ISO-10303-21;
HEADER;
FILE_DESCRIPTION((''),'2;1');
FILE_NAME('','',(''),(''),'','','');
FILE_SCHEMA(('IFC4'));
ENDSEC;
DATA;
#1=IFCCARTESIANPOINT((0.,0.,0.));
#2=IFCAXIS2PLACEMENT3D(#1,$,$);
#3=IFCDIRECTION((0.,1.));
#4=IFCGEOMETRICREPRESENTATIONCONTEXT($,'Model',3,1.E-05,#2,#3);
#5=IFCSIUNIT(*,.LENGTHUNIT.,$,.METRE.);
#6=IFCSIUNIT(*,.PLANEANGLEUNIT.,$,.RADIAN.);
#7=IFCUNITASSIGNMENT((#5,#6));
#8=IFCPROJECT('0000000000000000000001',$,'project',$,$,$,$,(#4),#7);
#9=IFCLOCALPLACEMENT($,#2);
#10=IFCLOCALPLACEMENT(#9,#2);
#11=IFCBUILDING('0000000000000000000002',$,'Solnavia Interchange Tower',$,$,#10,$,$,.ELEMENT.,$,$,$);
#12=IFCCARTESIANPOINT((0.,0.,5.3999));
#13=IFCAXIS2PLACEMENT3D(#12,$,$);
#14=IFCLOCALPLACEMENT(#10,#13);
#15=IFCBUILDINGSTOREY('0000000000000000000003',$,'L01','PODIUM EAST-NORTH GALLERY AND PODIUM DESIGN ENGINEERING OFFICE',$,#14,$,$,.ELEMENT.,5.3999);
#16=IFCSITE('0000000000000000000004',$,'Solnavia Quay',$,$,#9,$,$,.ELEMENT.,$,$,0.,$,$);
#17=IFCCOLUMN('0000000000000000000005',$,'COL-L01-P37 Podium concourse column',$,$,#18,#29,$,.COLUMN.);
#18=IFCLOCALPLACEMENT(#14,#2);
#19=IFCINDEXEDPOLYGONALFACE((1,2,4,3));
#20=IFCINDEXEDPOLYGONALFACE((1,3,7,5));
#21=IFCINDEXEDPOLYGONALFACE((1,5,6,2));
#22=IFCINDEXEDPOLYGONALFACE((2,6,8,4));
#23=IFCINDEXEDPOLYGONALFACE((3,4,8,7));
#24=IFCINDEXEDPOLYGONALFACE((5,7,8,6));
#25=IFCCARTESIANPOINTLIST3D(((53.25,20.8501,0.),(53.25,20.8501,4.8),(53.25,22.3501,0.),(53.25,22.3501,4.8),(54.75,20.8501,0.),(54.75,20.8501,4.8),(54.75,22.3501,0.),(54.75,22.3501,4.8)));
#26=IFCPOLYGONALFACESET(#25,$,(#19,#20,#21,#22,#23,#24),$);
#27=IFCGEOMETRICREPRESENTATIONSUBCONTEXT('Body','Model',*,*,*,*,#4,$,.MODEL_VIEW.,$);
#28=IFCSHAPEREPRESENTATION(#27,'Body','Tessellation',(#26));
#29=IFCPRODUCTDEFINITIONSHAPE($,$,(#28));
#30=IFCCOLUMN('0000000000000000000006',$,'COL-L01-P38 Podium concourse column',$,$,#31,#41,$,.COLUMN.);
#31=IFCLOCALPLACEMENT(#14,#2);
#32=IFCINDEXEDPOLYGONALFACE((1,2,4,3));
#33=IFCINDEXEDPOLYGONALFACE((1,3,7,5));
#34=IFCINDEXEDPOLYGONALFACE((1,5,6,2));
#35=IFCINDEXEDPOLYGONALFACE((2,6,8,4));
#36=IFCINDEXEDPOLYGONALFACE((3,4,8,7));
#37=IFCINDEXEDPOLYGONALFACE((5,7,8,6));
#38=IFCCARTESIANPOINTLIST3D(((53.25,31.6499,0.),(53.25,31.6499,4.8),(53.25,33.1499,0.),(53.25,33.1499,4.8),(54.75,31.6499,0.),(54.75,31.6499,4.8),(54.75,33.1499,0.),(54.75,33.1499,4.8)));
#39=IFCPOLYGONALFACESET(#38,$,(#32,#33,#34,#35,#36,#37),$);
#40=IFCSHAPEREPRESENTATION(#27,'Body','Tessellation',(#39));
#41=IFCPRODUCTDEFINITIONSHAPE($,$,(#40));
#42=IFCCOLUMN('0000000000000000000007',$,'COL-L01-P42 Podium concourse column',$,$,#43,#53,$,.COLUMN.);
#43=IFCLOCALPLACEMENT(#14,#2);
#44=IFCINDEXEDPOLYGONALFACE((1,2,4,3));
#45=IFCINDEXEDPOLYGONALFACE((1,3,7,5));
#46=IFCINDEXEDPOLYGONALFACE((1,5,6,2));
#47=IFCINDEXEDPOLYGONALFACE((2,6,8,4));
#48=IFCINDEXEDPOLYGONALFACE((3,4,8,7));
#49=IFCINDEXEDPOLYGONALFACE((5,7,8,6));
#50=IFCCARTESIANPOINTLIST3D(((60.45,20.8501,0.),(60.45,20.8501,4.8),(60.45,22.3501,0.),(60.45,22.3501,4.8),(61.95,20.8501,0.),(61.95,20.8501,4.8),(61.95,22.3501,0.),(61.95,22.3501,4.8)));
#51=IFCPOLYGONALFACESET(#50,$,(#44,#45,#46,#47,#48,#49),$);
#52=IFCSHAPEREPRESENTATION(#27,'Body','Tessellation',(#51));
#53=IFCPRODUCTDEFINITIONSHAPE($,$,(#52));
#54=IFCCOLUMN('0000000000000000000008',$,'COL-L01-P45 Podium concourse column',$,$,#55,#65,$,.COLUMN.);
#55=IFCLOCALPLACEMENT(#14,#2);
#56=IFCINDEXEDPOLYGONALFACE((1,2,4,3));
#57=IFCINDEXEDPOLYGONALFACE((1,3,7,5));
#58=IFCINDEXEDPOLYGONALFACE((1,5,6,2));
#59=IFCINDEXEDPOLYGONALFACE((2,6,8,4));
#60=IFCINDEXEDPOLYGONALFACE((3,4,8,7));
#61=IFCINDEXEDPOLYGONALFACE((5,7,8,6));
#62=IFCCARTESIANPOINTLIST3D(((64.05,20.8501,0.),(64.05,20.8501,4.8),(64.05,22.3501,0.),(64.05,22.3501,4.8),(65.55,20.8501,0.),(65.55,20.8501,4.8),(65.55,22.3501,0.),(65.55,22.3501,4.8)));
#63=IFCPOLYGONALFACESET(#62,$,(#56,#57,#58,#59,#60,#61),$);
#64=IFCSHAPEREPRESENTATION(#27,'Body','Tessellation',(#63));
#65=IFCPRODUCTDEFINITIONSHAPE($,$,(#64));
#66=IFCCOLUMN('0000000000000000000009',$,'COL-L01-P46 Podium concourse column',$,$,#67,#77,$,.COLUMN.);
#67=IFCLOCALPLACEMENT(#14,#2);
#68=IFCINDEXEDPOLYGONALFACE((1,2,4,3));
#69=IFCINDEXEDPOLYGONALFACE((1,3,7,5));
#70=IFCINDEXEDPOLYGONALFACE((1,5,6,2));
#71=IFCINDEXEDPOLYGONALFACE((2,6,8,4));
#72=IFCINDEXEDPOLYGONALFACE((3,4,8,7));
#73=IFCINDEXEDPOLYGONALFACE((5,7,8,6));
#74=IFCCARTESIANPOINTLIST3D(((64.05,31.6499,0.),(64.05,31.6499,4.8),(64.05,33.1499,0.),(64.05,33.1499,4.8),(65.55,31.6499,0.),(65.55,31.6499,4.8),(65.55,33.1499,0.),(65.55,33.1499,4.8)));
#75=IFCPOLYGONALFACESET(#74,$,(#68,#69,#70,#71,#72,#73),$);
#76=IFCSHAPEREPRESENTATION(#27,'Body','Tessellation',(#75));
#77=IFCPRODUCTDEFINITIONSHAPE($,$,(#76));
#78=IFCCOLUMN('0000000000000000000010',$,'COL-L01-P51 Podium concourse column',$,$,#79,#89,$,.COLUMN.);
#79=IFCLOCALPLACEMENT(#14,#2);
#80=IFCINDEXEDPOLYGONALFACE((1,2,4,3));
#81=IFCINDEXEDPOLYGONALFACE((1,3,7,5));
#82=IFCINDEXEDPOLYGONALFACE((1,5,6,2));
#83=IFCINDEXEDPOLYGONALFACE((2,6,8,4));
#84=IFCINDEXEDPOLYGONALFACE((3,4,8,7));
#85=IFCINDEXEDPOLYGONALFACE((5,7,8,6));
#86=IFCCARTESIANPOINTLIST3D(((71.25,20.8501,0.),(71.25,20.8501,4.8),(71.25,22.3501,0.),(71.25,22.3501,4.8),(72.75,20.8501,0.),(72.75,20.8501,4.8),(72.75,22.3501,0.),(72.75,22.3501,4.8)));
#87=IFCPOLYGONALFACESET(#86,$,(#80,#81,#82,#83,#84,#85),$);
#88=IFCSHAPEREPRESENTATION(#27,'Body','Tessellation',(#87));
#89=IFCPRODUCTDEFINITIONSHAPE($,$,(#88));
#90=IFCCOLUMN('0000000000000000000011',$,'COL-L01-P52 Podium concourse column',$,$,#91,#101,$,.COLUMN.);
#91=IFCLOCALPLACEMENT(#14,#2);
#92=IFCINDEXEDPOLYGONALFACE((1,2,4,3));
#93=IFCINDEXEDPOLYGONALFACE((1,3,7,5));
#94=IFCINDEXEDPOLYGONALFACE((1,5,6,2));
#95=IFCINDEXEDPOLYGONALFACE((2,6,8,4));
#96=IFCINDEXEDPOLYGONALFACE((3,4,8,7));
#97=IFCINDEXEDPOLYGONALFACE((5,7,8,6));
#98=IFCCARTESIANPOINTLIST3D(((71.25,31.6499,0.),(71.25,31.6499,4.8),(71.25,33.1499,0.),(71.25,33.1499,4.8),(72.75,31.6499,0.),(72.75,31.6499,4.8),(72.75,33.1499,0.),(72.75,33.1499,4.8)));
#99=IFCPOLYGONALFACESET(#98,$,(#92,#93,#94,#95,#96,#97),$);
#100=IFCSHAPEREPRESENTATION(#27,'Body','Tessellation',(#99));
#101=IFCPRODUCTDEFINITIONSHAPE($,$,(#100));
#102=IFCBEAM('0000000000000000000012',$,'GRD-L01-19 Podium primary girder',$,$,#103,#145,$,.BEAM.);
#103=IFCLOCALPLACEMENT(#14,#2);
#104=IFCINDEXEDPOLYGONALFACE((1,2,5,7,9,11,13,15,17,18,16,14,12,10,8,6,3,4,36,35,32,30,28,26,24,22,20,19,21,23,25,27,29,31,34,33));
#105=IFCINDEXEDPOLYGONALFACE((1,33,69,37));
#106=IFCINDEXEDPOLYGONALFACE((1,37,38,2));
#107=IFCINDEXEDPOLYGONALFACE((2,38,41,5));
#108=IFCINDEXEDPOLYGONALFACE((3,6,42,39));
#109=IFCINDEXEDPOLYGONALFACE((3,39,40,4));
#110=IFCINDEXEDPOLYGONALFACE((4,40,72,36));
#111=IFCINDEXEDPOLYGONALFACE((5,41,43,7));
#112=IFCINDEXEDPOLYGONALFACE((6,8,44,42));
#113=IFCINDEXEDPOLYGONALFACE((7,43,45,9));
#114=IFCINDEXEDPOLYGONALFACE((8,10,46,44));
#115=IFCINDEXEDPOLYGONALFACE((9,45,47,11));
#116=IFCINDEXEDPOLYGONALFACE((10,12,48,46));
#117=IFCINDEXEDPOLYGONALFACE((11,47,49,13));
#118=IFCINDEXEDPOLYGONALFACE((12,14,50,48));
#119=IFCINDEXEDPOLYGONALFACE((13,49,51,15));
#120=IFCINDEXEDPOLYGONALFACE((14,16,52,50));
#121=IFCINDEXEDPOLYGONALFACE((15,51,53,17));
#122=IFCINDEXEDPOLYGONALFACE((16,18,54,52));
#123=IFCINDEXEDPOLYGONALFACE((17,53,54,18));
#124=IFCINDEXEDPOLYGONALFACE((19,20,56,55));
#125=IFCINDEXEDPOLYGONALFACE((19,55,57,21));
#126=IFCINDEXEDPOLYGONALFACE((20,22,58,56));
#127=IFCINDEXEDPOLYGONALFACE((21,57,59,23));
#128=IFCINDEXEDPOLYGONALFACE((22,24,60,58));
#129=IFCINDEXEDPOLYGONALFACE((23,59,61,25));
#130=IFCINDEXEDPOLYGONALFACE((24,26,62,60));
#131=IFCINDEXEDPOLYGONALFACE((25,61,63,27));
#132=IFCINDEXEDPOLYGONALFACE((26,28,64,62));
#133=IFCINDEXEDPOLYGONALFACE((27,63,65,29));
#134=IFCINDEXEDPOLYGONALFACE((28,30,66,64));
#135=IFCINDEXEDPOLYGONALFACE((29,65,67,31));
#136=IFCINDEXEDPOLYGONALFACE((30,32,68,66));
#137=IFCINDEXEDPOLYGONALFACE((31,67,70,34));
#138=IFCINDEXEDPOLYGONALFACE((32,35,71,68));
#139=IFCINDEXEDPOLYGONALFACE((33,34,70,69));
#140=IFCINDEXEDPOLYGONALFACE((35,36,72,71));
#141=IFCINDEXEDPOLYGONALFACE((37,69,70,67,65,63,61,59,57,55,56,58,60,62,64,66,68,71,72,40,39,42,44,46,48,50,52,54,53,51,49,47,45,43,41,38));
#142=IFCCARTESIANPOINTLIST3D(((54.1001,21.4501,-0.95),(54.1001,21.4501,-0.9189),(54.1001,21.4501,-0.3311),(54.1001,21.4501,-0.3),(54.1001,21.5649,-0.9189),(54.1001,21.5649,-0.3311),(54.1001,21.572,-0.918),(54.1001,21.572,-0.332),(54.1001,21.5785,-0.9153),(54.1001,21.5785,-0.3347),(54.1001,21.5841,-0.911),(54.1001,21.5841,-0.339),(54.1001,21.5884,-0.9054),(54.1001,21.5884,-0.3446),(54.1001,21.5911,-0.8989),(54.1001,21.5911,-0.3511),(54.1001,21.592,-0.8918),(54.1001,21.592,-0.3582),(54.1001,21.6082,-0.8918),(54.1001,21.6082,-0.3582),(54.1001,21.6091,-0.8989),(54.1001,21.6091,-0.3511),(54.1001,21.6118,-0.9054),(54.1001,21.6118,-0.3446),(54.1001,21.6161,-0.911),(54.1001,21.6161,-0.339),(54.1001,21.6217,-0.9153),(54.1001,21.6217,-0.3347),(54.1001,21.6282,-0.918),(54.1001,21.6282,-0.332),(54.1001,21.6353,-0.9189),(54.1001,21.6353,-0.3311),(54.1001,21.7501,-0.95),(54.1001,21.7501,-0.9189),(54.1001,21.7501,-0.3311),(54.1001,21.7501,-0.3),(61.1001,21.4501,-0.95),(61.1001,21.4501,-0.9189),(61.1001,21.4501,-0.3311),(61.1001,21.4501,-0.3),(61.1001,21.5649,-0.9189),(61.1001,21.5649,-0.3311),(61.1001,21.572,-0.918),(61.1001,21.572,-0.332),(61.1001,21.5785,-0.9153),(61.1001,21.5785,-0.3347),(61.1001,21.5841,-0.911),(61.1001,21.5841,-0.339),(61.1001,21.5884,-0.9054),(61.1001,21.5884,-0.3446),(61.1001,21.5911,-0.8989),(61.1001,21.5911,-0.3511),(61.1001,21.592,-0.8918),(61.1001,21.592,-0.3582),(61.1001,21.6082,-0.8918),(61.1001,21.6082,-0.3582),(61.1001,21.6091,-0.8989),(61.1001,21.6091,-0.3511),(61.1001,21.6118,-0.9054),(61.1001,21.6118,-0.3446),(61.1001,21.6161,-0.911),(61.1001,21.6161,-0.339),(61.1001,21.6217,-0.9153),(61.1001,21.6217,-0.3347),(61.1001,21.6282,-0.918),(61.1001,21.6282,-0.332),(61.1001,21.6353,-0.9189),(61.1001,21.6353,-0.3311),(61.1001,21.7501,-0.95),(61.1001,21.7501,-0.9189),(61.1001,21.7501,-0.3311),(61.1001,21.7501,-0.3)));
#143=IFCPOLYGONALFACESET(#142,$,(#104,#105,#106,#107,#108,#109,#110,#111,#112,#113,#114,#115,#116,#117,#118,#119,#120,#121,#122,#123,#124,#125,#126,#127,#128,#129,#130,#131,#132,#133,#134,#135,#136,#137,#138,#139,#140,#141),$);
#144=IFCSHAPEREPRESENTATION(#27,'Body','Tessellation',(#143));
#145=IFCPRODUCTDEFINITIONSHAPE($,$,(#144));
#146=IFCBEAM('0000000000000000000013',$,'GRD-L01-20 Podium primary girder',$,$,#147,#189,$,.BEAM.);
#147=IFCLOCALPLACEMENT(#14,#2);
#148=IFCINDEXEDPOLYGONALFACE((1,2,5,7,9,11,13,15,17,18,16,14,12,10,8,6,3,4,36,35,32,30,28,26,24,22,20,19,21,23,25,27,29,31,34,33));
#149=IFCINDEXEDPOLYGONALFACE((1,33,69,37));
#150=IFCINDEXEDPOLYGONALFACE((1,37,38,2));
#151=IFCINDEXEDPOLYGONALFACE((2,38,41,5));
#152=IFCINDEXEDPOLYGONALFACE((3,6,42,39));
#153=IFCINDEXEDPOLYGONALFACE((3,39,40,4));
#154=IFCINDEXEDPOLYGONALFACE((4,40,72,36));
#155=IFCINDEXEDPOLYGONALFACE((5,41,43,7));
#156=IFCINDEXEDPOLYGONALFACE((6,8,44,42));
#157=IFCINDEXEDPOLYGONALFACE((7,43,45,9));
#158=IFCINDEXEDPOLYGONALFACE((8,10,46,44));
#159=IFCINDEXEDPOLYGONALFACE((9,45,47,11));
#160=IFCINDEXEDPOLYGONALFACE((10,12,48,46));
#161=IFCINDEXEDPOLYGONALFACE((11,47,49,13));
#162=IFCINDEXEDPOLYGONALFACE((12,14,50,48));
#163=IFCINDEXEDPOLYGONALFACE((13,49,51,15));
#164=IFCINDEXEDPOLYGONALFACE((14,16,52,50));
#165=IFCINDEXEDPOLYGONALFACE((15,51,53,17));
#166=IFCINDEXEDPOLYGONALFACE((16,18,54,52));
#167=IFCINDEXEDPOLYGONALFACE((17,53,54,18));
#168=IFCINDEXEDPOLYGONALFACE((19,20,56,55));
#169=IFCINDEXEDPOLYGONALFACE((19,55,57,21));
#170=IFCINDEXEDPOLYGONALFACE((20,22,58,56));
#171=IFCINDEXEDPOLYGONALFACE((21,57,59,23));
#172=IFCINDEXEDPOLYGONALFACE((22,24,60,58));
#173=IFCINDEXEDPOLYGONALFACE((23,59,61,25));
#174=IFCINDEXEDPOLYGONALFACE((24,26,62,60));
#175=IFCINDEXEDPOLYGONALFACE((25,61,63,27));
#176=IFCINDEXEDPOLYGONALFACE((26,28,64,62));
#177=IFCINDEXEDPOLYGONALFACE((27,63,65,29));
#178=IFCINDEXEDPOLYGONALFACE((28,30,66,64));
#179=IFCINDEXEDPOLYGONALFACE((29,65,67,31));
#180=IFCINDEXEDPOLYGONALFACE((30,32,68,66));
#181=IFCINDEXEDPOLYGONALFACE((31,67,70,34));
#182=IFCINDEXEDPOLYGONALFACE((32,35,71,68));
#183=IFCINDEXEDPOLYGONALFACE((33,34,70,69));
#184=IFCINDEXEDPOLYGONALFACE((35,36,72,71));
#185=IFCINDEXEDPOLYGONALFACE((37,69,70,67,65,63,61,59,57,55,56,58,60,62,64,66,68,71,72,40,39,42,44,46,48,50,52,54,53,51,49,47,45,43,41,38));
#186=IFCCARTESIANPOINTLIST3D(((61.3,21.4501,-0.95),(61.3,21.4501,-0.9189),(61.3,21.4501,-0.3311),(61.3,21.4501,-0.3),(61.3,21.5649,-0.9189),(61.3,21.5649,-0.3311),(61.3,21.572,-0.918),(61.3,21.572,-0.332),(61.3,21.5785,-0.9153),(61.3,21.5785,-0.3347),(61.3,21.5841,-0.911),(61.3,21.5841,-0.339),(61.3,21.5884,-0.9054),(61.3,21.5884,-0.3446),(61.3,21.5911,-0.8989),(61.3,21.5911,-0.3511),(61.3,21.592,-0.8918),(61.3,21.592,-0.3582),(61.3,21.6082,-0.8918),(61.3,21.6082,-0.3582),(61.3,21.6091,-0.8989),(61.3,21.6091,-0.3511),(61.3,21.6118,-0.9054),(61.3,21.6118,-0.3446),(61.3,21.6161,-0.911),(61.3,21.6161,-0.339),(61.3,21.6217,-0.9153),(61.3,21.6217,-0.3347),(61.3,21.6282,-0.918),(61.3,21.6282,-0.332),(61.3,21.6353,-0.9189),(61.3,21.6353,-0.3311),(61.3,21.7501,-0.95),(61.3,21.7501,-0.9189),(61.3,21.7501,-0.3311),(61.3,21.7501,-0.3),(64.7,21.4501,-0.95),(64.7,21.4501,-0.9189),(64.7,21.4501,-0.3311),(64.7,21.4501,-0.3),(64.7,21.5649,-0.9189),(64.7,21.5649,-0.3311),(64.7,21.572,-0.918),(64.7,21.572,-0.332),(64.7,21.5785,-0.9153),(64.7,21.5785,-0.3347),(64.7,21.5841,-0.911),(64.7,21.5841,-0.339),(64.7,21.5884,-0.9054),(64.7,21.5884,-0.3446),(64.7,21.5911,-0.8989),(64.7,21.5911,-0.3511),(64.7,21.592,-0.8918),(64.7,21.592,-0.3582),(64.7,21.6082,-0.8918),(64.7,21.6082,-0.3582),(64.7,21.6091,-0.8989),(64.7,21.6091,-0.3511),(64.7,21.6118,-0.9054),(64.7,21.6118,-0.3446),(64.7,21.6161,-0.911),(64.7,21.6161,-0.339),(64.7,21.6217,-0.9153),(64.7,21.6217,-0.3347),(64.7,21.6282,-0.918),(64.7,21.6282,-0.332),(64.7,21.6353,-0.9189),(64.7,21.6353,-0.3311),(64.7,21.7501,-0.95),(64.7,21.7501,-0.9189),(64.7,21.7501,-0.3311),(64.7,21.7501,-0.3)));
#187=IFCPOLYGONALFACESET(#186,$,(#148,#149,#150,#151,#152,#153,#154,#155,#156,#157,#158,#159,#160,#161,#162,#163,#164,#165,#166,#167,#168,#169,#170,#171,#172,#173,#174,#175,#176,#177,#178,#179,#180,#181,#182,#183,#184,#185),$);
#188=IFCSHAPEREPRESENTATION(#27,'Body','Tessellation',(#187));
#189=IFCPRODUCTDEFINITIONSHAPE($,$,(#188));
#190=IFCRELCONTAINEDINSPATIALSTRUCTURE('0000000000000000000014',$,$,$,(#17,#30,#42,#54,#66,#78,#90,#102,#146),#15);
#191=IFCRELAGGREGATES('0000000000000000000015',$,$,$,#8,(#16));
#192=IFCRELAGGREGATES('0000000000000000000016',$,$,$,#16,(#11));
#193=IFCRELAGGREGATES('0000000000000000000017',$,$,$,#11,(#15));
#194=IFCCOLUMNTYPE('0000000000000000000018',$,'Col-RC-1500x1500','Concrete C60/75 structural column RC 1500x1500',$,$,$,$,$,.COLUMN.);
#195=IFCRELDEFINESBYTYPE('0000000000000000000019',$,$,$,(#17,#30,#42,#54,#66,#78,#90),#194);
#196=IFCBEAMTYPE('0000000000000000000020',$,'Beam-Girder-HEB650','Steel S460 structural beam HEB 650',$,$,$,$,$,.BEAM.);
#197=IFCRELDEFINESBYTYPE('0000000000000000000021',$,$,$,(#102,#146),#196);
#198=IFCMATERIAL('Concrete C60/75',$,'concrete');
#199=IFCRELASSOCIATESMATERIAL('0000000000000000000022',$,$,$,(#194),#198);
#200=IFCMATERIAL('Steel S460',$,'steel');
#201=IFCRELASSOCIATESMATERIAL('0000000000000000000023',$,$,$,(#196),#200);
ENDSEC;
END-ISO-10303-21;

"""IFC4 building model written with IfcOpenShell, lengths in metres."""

from ifc_helpers import new_model, si_unit, direction, frame, origin, origin_2d, place, context, subcontext, project, spatial, rectangle, i_section, extrude, material, material_profile, profile_set, type_object, element, save


model = new_model("IFC4")

# Units and contexts
model_context = context("Model", 3, precision=1e-05, world=origin(), true_north=direction((0.0, 1.0)))
body_context = subcontext(model_context, "Body", "Model", "MODEL_VIEW")
ifc_project = project(units=[si_unit("LENGTHUNIT", "METRE"), si_unit("PLANEANGLEUNIT", "RADIAN")], contexts=[model_context])

# Site, building, storey
site_placement = place(None, origin())
site = spatial("IfcSite", under=ifc_project, at=site_placement, Name="Solnavia Quay", CompositionType="ELEMENT", RefElevation=0.0)
building_placement = place(site_placement, origin())
building = spatial("IfcBuilding", under=site, at=building_placement, Name="Solnavia Interchange Tower", CompositionType="ELEMENT")
storey_placement = place(building_placement, frame((0.0, 0.0, 5.3999)))
storey = spatial("IfcBuildingStorey", under=building, at=storey_placement, Name="L01", Description="PODIUM EAST-NORTH GALLERY AND PODIUM DESIGN ENGINEERING OFFICE", CompositionType="ELEMENT", Elevation=5.3999)

# Columns
ifc_material_1 = material(Name="Concrete C60/75", Category="concrete")
ifc_material_profile_1 = material_profile(ifc_material_1, rectangle(XDim=1.5, YDim=1.5, at=origin_2d()), Name="RC 1500x1500")
ifc_profile_set_1 = profile_set([ifc_material_profile_1], Name="Concrete C60/75")
column_type = type_object("IfcColumnType", Name="Col-RC-1500x1500", Description="Concrete C60/75 structural column RC 1500x1500", PredefinedType="COLUMN", material=ifc_profile_set_1)
for number, where, z_axis, x_axis, name in (
    (1, (54.0, 21.6001, 0.0), (0.0, 0.0, 1.0), (1.0, 0.0, 0.0), "COL-L01-P37 Podium concourse column"),
    (2, (54.0, 32.3999, 0.0), (0.0, 0.0, 1.0), (1.0, 0.0, 0.0), "COL-L01-P38 Podium concourse column"),
    (3, (61.2, 21.6001, 0.0), (0.0, 0.0, 1.0), (1.0, 0.0, 0.0), "COL-L01-P42 Podium concourse column"),
    (4, (64.8, 21.6001, 0.0), (0.0, 0.0, 1.0), (1.0, 0.0, 0.0), "COL-L01-P45 Podium concourse column"),
    (5, (64.8, 32.3999, 0.0), (0.0, 0.0, 1.0), (1.0, 0.0, 0.0), "COL-L01-P46 Podium concourse column"),
    (6, (72.0, 21.6001, 0.0), (0.0, 0.0, 1.0), (1.0, 0.0, 0.0), "COL-L01-P51 Podium concourse column"),
    (7, (72.0, 32.3999, 0.0), (0.0, 0.0, 1.0), (1.0, 0.0, 0.0), "COL-L01-P52 Podium concourse column"),
):
    element("IfcColumn", number, at=place(storey_placement, frame(where, z_axis=z_axis, x_axis=x_axis)), inside=storey, type_object=column_type, Name=name, PredefinedType="COLUMN", context=body_context, shape_type="SweptSolid", body=[
        extrude(rectangle(XDim=1.5, YDim=1.5, at=origin_2d()), origin(), (0.0, 0.0, 1.0), 4.8),
    ])

# Beams
ifc_material_2 = material(Name="Steel S460", Category="steel")
ifc_material_profile_2 = material_profile(ifc_material_2, i_section(OverallWidth=0.3, OverallDepth=0.6499, WebThickness=0.0161, FlangeThickness=0.031, FilletRadius=0.0271, at=origin_2d()), Name="HEB 650")
ifc_profile_set_2 = profile_set([ifc_material_profile_2], Name="Steel S460")
beam_type_1 = type_object("IfcBeamType", Name="Beam-Girder-HEB650", Description="Steel S460 structural beam HEB 650", PredefinedType="BEAM", material=ifc_profile_set_2)
beam_1_placement = place(storey_placement, frame((54.1001, 21.6001, -0.625), z_axis=(1.0, 0.0, 0.0), x_axis=(0.0, 1.0, 0.0)))
element("IfcBeam", 8, at=beam_1_placement, inside=storey, type_object=beam_type_1, Name="GRD-L01-19 Podium primary girder", PredefinedType="BEAM", context=body_context, shape_type="SweptSolid", body=[
    extrude(i_section(OverallWidth=0.3, OverallDepth=0.6499, WebThickness=0.0161, FlangeThickness=0.031, FilletRadius=0.0271, at=origin_2d()), origin(), (0.0, 0.0, 1.0), 7.0),
])
beam_2_placement = place(storey_placement, frame((61.3, 21.6001, -0.625), z_axis=(1.0, 0.0, 0.0), x_axis=(0.0, 1.0, 0.0)))
element("IfcBeam", 9, at=beam_2_placement, inside=storey, type_object=beam_type_1, Name="GRD-L01-20 Podium primary girder", PredefinedType="BEAM", context=body_context, shape_type="SweptSolid", body=[
    extrude(i_section(OverallWidth=0.3, OverallDepth=0.6499, WebThickness=0.0161, FlangeThickness=0.031, FilletRadius=0.0271, at=origin_2d()), origin(), (0.0, 0.0, 1.0), 3.3999),
])

save(model, "model.ifc")
